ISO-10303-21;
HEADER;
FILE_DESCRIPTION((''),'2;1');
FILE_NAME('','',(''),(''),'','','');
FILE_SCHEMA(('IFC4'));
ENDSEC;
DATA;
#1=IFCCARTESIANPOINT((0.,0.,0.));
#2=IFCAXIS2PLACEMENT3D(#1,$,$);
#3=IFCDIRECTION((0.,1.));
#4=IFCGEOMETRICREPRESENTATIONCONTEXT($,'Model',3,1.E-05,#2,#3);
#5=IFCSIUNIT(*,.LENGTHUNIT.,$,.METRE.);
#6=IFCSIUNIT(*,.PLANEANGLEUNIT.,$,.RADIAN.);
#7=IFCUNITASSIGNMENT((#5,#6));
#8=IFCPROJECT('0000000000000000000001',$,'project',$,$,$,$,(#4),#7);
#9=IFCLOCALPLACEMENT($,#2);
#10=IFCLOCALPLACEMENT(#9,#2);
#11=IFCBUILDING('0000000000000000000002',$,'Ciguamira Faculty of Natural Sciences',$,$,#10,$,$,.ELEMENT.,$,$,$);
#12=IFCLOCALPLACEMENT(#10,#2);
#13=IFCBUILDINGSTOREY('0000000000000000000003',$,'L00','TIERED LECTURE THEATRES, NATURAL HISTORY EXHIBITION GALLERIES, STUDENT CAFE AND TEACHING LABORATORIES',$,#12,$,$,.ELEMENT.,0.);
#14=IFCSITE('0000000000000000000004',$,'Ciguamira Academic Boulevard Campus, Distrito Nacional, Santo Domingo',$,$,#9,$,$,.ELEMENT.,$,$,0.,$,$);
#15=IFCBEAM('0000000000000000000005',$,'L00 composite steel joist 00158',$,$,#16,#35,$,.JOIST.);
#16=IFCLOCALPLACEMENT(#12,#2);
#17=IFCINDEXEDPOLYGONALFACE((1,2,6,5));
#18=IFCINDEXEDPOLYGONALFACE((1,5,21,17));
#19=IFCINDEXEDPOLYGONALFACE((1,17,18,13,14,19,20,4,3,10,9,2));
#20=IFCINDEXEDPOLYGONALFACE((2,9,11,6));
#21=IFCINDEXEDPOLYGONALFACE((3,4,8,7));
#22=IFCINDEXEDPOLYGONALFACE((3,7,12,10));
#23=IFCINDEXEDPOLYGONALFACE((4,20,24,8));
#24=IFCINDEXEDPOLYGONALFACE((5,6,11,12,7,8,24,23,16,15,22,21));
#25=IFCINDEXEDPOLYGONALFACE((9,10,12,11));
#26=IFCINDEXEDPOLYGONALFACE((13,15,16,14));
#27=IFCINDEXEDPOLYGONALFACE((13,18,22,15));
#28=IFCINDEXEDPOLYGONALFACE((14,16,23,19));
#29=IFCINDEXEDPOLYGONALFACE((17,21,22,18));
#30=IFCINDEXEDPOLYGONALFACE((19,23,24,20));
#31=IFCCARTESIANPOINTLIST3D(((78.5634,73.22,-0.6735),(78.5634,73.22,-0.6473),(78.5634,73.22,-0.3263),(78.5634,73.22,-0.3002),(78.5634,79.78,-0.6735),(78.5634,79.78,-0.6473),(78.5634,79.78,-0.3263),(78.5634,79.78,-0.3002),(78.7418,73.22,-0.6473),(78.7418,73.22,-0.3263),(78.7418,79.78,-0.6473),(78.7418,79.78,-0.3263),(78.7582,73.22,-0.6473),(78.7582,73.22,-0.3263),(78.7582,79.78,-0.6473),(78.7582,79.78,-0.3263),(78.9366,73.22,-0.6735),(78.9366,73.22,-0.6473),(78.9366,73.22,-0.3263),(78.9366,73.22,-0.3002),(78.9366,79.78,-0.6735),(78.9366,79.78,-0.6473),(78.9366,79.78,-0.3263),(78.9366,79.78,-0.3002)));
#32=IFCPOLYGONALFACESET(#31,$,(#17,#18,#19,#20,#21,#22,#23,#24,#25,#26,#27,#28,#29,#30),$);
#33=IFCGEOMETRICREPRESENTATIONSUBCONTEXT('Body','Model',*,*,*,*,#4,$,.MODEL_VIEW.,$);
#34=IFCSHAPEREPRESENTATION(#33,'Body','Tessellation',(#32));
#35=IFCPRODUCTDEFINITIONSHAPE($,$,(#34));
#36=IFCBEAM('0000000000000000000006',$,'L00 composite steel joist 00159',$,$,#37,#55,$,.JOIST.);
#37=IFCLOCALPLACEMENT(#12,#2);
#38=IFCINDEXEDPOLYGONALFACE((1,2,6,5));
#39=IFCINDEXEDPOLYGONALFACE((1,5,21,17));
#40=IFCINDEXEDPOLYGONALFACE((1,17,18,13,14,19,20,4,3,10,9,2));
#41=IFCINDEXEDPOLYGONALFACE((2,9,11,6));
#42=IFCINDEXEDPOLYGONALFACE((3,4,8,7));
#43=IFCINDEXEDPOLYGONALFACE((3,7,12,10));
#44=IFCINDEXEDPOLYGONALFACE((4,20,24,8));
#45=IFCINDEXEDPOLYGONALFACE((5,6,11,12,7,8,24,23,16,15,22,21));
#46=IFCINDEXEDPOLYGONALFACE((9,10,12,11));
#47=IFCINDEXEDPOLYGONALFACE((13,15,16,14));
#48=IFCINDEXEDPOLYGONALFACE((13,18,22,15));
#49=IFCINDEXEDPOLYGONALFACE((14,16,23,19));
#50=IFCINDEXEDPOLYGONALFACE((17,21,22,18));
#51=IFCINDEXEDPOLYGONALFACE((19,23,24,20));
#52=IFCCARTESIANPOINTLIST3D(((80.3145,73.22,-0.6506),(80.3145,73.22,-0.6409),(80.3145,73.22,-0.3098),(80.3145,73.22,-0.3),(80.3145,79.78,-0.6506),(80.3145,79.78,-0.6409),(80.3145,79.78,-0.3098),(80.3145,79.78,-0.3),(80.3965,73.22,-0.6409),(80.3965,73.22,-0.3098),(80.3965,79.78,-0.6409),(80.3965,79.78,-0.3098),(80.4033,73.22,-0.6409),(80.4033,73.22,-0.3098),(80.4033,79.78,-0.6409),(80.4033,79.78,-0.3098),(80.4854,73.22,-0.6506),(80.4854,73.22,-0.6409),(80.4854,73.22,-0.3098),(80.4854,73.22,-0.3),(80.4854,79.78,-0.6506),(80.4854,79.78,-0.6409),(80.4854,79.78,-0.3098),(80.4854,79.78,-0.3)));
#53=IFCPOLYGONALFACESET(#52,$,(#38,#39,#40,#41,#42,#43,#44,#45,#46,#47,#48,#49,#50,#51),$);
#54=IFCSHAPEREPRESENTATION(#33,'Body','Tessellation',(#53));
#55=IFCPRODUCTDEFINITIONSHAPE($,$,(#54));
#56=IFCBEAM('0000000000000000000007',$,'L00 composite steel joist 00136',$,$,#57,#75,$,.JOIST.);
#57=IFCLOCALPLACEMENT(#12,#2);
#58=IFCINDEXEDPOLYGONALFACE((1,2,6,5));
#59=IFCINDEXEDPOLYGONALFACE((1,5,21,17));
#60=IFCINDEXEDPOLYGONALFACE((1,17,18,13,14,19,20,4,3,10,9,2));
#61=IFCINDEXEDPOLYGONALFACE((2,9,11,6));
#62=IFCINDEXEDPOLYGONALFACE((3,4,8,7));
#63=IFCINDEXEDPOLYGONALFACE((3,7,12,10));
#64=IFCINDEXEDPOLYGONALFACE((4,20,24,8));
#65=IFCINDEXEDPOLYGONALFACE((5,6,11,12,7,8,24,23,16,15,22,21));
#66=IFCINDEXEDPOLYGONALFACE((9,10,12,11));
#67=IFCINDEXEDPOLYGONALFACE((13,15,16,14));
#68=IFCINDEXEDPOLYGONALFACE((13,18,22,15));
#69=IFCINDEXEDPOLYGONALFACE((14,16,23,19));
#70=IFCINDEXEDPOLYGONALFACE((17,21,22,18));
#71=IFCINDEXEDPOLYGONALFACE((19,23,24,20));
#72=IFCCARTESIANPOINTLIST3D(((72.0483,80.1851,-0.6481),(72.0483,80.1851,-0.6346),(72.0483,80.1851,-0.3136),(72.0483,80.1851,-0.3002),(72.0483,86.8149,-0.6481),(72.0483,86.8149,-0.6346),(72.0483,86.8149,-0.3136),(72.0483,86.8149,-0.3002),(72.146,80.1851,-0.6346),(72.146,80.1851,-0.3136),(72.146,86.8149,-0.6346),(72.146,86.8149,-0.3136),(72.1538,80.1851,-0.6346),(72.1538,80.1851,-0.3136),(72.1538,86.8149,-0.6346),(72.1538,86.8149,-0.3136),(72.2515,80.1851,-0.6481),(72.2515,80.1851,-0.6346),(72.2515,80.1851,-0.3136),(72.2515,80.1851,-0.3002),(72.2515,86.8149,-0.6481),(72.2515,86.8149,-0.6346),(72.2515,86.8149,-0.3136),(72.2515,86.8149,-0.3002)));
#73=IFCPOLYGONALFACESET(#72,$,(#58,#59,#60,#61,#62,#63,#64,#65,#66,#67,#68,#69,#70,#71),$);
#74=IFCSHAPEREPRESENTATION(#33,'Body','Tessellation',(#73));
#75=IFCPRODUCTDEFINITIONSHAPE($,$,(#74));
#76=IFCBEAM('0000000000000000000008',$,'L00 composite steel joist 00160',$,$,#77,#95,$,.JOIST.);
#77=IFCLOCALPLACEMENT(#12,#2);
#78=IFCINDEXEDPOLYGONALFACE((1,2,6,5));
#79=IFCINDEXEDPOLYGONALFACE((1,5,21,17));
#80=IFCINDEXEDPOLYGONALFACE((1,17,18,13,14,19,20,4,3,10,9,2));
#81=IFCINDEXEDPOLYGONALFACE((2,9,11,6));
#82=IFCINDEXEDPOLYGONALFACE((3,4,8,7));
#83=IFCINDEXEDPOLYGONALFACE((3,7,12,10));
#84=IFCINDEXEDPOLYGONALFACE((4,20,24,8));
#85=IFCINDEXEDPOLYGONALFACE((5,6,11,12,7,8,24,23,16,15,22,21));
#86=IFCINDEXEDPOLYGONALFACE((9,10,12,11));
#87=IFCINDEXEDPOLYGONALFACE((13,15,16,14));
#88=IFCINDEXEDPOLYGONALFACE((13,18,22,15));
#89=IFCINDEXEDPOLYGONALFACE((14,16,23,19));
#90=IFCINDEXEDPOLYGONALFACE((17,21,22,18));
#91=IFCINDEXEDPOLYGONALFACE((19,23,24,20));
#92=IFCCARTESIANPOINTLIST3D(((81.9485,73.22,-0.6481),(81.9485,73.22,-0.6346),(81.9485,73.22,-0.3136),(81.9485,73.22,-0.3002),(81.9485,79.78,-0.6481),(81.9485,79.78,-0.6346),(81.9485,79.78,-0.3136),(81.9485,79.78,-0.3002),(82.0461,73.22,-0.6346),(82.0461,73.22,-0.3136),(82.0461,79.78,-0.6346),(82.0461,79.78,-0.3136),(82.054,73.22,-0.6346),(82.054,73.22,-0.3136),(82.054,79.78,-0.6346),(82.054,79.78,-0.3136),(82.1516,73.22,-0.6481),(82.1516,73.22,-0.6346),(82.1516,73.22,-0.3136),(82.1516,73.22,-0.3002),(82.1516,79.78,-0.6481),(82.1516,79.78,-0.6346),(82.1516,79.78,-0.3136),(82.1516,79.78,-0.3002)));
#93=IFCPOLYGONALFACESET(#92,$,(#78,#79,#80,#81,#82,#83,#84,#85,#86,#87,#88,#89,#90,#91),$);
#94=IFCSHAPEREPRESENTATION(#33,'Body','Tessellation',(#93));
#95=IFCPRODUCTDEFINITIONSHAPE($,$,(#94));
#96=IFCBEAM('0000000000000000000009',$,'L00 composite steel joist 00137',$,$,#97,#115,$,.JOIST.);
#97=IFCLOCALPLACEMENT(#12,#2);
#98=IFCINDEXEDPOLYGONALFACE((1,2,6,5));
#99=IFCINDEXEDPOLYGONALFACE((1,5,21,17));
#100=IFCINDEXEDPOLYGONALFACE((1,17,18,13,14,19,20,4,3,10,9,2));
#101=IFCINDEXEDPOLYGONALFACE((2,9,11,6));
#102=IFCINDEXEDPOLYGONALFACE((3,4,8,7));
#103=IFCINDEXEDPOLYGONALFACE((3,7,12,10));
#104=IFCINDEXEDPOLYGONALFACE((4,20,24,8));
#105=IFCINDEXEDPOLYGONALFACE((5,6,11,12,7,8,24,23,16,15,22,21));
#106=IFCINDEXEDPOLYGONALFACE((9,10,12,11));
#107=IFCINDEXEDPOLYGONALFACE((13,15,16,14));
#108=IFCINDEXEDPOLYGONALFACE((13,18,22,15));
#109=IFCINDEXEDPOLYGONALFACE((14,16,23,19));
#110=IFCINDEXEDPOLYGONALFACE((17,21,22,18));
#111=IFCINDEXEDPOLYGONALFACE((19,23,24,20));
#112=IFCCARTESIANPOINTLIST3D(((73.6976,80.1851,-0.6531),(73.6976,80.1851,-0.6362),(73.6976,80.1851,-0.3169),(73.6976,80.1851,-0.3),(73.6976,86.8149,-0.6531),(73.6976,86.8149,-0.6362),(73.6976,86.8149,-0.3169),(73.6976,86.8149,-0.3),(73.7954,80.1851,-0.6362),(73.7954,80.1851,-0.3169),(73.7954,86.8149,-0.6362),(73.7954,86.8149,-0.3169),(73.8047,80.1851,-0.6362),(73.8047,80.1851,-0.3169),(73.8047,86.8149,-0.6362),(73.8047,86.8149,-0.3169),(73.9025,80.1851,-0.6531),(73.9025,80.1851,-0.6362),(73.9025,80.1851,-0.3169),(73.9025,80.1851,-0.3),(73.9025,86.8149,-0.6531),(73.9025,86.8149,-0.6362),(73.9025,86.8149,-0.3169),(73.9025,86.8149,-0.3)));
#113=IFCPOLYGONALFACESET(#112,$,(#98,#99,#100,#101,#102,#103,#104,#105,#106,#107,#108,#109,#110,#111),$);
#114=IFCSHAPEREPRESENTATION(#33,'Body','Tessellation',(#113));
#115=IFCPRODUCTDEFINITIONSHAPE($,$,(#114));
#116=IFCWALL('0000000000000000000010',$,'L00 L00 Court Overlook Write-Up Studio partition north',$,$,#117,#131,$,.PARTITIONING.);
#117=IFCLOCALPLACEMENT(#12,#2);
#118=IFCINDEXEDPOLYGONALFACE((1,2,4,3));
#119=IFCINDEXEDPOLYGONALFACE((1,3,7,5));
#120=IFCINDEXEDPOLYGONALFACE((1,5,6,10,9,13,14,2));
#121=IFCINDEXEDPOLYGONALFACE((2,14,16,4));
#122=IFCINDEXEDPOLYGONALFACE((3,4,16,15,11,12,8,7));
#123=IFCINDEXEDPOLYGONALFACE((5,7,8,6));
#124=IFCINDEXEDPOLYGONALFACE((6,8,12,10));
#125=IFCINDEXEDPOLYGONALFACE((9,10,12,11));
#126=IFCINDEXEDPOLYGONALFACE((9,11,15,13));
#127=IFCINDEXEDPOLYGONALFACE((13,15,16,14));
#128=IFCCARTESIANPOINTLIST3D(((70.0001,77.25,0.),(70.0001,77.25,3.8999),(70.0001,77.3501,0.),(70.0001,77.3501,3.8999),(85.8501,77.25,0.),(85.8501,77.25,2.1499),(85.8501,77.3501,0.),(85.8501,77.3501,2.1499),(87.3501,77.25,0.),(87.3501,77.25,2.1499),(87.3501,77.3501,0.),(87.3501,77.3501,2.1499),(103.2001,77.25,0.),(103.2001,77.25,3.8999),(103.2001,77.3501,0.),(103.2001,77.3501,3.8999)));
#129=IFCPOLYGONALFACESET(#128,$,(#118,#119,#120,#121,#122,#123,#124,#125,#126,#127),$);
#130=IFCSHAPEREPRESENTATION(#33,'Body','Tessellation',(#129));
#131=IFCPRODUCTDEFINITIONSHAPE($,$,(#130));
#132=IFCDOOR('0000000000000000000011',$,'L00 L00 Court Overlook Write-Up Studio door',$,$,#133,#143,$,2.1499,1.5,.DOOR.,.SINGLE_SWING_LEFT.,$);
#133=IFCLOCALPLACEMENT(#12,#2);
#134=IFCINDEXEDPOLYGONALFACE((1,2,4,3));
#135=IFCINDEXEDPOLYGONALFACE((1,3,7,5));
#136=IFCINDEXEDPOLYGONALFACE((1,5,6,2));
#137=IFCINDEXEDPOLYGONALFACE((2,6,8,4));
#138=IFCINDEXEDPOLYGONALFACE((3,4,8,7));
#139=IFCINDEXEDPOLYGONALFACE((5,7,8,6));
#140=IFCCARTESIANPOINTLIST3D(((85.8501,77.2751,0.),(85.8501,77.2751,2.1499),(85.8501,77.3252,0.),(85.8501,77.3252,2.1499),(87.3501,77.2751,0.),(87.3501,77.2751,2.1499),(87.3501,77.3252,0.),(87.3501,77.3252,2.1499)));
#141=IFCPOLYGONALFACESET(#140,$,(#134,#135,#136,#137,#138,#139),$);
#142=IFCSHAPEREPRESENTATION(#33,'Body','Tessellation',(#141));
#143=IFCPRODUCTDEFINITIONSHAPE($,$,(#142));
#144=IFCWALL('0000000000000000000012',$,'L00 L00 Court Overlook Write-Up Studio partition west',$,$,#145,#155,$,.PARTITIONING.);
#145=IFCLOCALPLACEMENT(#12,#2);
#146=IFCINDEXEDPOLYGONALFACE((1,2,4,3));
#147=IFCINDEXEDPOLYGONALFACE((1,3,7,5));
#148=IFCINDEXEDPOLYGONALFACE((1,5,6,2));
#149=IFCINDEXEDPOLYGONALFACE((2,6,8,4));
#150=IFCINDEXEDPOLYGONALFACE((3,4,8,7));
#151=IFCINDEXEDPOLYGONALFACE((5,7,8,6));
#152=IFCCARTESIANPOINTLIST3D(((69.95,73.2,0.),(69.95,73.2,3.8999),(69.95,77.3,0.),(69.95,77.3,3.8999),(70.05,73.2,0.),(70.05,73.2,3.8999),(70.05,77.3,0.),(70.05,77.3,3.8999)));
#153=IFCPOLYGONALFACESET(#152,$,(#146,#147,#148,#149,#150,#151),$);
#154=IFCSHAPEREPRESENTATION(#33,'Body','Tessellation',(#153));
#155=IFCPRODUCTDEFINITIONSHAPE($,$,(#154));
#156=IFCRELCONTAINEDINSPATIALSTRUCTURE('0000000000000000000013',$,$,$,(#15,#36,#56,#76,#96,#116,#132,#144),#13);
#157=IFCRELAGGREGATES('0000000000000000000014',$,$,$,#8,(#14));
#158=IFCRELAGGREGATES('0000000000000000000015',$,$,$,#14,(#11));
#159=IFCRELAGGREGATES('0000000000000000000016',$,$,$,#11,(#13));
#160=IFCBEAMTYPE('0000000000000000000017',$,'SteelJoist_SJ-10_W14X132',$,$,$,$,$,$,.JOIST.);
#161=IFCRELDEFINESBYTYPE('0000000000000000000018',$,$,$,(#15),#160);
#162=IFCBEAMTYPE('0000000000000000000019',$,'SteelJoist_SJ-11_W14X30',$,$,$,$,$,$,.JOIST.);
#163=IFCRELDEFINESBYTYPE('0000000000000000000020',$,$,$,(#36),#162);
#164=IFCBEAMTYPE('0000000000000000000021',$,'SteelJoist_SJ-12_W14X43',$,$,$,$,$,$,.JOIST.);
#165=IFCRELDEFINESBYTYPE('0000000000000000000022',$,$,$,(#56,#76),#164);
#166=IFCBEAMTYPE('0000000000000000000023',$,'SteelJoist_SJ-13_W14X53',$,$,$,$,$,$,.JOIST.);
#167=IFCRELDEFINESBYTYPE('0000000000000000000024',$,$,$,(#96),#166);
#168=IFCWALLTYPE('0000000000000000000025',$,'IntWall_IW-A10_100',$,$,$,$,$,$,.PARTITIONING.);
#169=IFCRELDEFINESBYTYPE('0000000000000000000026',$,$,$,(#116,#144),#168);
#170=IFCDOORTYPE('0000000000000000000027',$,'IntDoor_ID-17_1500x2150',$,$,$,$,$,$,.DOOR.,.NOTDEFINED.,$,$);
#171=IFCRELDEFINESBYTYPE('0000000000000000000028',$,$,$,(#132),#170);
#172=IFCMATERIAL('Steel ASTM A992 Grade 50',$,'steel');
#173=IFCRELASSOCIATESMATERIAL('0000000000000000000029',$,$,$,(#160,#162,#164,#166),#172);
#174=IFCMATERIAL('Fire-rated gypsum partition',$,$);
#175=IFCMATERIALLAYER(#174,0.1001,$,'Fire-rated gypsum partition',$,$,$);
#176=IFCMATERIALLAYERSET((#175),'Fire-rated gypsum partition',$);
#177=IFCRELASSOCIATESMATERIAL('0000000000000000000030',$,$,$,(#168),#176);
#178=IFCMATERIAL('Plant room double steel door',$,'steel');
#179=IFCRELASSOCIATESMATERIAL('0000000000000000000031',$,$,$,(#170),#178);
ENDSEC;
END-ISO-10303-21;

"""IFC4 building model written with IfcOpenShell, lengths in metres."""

from ifc_helpers import new_model, si_unit, direction, frame, frame_2d, origin, origin_2d, place, context, subcontext, project, spatial, rectangle, i_section, extrude, material, layer, layer_set, material_profile, profile_set, type_object, element, fill, save


model = new_model("IFC4")

# Units and contexts
model_context = context("Model", 3, precision=1e-05, world=origin(), true_north=direction((0.0, 1.0)))
body_context = subcontext(model_context, "Body", "Model", "MODEL_VIEW")
ifc_project = project(units=[si_unit("LENGTHUNIT", "METRE"), si_unit("PLANEANGLEUNIT", "RADIAN")], contexts=[model_context])

# Site, building, storey
site_placement = place(None, origin())
site = spatial("IfcSite", under=ifc_project, at=site_placement, Name="Ciguamira Academic Boulevard Campus, Distrito Nacional, Santo Domingo", CompositionType="ELEMENT", RefElevation=0.0)
building_placement = place(site_placement, origin())
building = spatial("IfcBuilding", under=site, at=building_placement, Name="Ciguamira Faculty of Natural Sciences", CompositionType="ELEMENT")
storey_placement = place(building_placement, origin())
storey = spatial("IfcBuildingStorey", under=building, at=storey_placement, Name="L00", Description="TIERED LECTURE THEATRES, NATURAL HISTORY EXHIBITION GALLERIES, STUDENT CAFE AND TEACHING LABORATORIES", CompositionType="ELEMENT", Elevation=0.0)

# Beams
ifc_material_1 = material(Name="Steel ASTM A992 Grade 50", Category="steel")
ifc_material_profile_1 = material_profile(ifc_material_1, i_section(OverallWidth=0.3733, OverallDepth=0.3733, WebThickness=0.0164, FlangeThickness=0.0261, at=origin_2d()), Name="W14X132")
ifc_profile_set_1 = profile_set([ifc_material_profile_1], Name="Steel ASTM A992 Grade 50")
beam_type_1 = type_object("IfcBeamType", Name="SteelJoist_SJ-10_W14X132", PredefinedType="JOIST", material=ifc_profile_set_1)
beam_1_placement = place(storey_placement, frame((78.75, 73.22, -0.4868), z_axis=(0.0, 1.0, 0.0), x_axis=(-1.0, 0.0, 0.0)))
element("IfcBeam", 1, at=beam_1_placement, inside=storey, type_object=beam_type_1, Name="L00 composite steel joist 00158", PredefinedType="JOIST", context=body_context, shape_type="SweptSolid", body=[
    extrude(i_section(OverallWidth=0.3733, OverallDepth=0.3733, WebThickness=0.0164, FlangeThickness=0.0261, at=origin_2d()), origin(), (0.0, 0.0, 1.0), 6.5601),
])
ifc_material_profile_2 = material_profile(ifc_material_1, i_section(OverallWidth=0.1709, OverallDepth=0.3506, WebThickness=0.0068, FlangeThickness=0.0098, at=origin_2d()), Name="W14X30")
ifc_profile_set_2 = profile_set([ifc_material_profile_2], Name="Steel ASTM A992 Grade 50")
beam_type_2 = type_object("IfcBeamType", Name="SteelJoist_SJ-11_W14X30", PredefinedType="JOIST", material=ifc_profile_set_2)
beam_2_placement = place(storey_placement, frame((80.3999, 73.22, -0.4753), z_axis=(0.0, 1.0, 0.0), x_axis=(-1.0, 0.0, 0.0)))
element("IfcBeam", 2, at=beam_2_placement, inside=storey, type_object=beam_type_2, Name="L00 composite steel joist 00159", PredefinedType="JOIST", context=body_context, shape_type="SweptSolid", body=[
    extrude(i_section(OverallWidth=0.1709, OverallDepth=0.3506, WebThickness=0.0068, FlangeThickness=0.0098, at=origin_2d()), origin(), (0.0, 0.0, 1.0), 6.5601),
])
ifc_material_profile_3 = material_profile(ifc_material_1, i_section(OverallWidth=0.2031, OverallDepth=0.3479, WebThickness=0.0078, FlangeThickness=0.0134, at=origin_2d()), Name="W14X43")
ifc_profile_set_3 = profile_set([ifc_material_profile_3], Name="Steel ASTM A992 Grade 50")
beam_type_3 = type_object("IfcBeamType", Name="SteelJoist_SJ-12_W14X43", PredefinedType="JOIST", material=ifc_profile_set_3)
beam_3_placement = place(storey_placement, frame((72.1499, 80.1851, -0.4741), z_axis=(0.0, 1.0, 0.0), x_axis=(-1.0, 0.0, 0.0)))
element("IfcBeam", 3, at=beam_3_placement, inside=storey, type_object=beam_type_3, Name="L00 composite steel joist 00136", PredefinedType="JOIST", context=body_context, shape_type="SweptSolid", body=[
    extrude(i_section(OverallWidth=0.2031, OverallDepth=0.3479, WebThickness=0.0078, FlangeThickness=0.0134, at=origin_2d()), origin(), (0.0, 0.0, 1.0), 6.6299),
])
beam_4_placement = place(storey_placement, frame((82.05, 73.22, -0.4741), z_axis=(0.0, 1.0, 0.0), x_axis=(-1.0, 0.0, 0.0)))
element("IfcBeam", 4, at=beam_4_placement, inside=storey, type_object=beam_type_3, Name="L00 composite steel joist 00160", PredefinedType="JOIST", context=body_context, shape_type="SweptSolid", body=[
    extrude(i_section(OverallWidth=0.2031, OverallDepth=0.3479, WebThickness=0.0078, FlangeThickness=0.0134, at=origin_2d()), origin(), (0.0, 0.0, 1.0), 6.5601),
])
ifc_material_profile_4 = material_profile(ifc_material_1, i_section(OverallWidth=0.2048, OverallDepth=0.353, WebThickness=0.0093, FlangeThickness=0.0168, at=origin_2d()), Name="W14X53")
ifc_profile_set_4 = profile_set([ifc_material_profile_4], Name="Steel ASTM A992 Grade 50")
beam_type_4 = type_object("IfcBeamType", Name="SteelJoist_SJ-13_W14X53", PredefinedType="JOIST", material=ifc_profile_set_4)
beam_5_placement = place(storey_placement, frame((73.8, 80.1851, -0.4766), z_axis=(0.0, 1.0, 0.0), x_axis=(-1.0, 0.0, 0.0)))
element("IfcBeam", 5, at=beam_5_placement, inside=storey, type_object=beam_type_4, Name="L00 composite steel joist 00137", PredefinedType="JOIST", context=body_context, shape_type="SweptSolid", body=[
    extrude(i_section(OverallWidth=0.2048, OverallDepth=0.353, WebThickness=0.0093, FlangeThickness=0.0168, at=origin_2d()), origin(), (0.0, 0.0, 1.0), 6.6299),
])

# Wall, opening, door
ifc_material_2 = material(Name="Fire-rated gypsum partition")
ifc_layer = layer(ifc_material_2, 0.1001, Name="Fire-rated gypsum partition")
ifc_layer_set = layer_set([ifc_layer], Name="Fire-rated gypsum partition")
wall_type = type_object("IfcWallType", Name="IntWall_IW-A10_100", PredefinedType="PARTITIONING", material=ifc_layer_set)
wall_1_placement = place(storey_placement, frame((70.0, 77.3, 0.0), z_axis=(0.0, 0.0, 1.0), x_axis=(1.0, 0.0, 0.0)))
wall_1 = element("IfcWall", 6, at=wall_1_placement, inside=storey, type_object=wall_type, Name="L00 L00 Court Overlook Write-Up Studio partition north", PredefinedType="PARTITIONING", context=body_context, shape_type="SweptSolid", body=[
    extrude(rectangle(XDim=33.2, YDim=0.1001, at=frame_2d((16.6001, 0.0))), origin(), (0.0, 0.0, 1.0), 3.8999),
])
opening_placement = place(wall_1_placement, frame((15.8501, 0.0, 0.0)))
opening = element("IfcOpeningElement", 7, at=opening_placement, cuts=wall_1, PredefinedType="OPENING", context=body_context, shape_type="SweptSolid", body=[
    extrude(rectangle(XDim=1.5, YDim=2.1499, at=frame_2d((0.75, 1.075))), frame((0.0, 0.0601, 0.0), z_axis=(0.0, -1.0, 0.0), x_axis=(1.0, 0.0, 0.0)), (0.0, 0.0, 1.0), 0.1201),
])
ifc_material_3 = material(Name="Plant room double steel door", Category="steel")
door_type = type_object("IfcDoorType", Name="IntDoor_ID-17_1500x2150", OperationType="NOTDEFINED", PredefinedType="DOOR", material=ifc_material_3)
door_placement = place(opening_placement, frame((1.5, 0.0, 0.0), z_axis=(0.0, 0.0, 1.0), x_axis=(-1.0, 0.0, 0.0)))
door = element("IfcDoor", 8, at=door_placement, inside=storey, type_object=door_type, Name="L00 L00 Court Overlook Write-Up Studio door", OperationType="SINGLE_SWING_LEFT", OverallHeight=2.1499, OverallWidth=1.5, PredefinedType="DOOR", context=body_context, shape_type="SweptSolid", body=[
    extrude(rectangle(XDim=1.5, YDim=2.1499, at=frame_2d((0.75, 1.075))), frame((0.0, 0.0249, 0.0), z_axis=(0.0, -1.0, 0.0), x_axis=(1.0, 0.0, 0.0)), (0.0, 0.0, 1.0), 0.05),
])
fill(opening, door)

# Wall
wall_2_placement = place(storey_placement, frame((70.0, 73.2, 0.0), z_axis=(0.0, 0.0, 1.0), x_axis=(0.0, 1.0, 0.0)))
element("IfcWall", 9, at=wall_2_placement, inside=storey, type_object=wall_type, Name="L00 L00 Court Overlook Write-Up Studio partition west", PredefinedType="PARTITIONING", context=body_context, shape_type="SweptSolid", body=[
    extrude(rectangle(XDim=4.1001, YDim=0.1001, at=frame_2d((2.05, 0.0))), origin(), (0.0, 0.0, 1.0), 3.8999),
])

save(model, "model.ifc")
